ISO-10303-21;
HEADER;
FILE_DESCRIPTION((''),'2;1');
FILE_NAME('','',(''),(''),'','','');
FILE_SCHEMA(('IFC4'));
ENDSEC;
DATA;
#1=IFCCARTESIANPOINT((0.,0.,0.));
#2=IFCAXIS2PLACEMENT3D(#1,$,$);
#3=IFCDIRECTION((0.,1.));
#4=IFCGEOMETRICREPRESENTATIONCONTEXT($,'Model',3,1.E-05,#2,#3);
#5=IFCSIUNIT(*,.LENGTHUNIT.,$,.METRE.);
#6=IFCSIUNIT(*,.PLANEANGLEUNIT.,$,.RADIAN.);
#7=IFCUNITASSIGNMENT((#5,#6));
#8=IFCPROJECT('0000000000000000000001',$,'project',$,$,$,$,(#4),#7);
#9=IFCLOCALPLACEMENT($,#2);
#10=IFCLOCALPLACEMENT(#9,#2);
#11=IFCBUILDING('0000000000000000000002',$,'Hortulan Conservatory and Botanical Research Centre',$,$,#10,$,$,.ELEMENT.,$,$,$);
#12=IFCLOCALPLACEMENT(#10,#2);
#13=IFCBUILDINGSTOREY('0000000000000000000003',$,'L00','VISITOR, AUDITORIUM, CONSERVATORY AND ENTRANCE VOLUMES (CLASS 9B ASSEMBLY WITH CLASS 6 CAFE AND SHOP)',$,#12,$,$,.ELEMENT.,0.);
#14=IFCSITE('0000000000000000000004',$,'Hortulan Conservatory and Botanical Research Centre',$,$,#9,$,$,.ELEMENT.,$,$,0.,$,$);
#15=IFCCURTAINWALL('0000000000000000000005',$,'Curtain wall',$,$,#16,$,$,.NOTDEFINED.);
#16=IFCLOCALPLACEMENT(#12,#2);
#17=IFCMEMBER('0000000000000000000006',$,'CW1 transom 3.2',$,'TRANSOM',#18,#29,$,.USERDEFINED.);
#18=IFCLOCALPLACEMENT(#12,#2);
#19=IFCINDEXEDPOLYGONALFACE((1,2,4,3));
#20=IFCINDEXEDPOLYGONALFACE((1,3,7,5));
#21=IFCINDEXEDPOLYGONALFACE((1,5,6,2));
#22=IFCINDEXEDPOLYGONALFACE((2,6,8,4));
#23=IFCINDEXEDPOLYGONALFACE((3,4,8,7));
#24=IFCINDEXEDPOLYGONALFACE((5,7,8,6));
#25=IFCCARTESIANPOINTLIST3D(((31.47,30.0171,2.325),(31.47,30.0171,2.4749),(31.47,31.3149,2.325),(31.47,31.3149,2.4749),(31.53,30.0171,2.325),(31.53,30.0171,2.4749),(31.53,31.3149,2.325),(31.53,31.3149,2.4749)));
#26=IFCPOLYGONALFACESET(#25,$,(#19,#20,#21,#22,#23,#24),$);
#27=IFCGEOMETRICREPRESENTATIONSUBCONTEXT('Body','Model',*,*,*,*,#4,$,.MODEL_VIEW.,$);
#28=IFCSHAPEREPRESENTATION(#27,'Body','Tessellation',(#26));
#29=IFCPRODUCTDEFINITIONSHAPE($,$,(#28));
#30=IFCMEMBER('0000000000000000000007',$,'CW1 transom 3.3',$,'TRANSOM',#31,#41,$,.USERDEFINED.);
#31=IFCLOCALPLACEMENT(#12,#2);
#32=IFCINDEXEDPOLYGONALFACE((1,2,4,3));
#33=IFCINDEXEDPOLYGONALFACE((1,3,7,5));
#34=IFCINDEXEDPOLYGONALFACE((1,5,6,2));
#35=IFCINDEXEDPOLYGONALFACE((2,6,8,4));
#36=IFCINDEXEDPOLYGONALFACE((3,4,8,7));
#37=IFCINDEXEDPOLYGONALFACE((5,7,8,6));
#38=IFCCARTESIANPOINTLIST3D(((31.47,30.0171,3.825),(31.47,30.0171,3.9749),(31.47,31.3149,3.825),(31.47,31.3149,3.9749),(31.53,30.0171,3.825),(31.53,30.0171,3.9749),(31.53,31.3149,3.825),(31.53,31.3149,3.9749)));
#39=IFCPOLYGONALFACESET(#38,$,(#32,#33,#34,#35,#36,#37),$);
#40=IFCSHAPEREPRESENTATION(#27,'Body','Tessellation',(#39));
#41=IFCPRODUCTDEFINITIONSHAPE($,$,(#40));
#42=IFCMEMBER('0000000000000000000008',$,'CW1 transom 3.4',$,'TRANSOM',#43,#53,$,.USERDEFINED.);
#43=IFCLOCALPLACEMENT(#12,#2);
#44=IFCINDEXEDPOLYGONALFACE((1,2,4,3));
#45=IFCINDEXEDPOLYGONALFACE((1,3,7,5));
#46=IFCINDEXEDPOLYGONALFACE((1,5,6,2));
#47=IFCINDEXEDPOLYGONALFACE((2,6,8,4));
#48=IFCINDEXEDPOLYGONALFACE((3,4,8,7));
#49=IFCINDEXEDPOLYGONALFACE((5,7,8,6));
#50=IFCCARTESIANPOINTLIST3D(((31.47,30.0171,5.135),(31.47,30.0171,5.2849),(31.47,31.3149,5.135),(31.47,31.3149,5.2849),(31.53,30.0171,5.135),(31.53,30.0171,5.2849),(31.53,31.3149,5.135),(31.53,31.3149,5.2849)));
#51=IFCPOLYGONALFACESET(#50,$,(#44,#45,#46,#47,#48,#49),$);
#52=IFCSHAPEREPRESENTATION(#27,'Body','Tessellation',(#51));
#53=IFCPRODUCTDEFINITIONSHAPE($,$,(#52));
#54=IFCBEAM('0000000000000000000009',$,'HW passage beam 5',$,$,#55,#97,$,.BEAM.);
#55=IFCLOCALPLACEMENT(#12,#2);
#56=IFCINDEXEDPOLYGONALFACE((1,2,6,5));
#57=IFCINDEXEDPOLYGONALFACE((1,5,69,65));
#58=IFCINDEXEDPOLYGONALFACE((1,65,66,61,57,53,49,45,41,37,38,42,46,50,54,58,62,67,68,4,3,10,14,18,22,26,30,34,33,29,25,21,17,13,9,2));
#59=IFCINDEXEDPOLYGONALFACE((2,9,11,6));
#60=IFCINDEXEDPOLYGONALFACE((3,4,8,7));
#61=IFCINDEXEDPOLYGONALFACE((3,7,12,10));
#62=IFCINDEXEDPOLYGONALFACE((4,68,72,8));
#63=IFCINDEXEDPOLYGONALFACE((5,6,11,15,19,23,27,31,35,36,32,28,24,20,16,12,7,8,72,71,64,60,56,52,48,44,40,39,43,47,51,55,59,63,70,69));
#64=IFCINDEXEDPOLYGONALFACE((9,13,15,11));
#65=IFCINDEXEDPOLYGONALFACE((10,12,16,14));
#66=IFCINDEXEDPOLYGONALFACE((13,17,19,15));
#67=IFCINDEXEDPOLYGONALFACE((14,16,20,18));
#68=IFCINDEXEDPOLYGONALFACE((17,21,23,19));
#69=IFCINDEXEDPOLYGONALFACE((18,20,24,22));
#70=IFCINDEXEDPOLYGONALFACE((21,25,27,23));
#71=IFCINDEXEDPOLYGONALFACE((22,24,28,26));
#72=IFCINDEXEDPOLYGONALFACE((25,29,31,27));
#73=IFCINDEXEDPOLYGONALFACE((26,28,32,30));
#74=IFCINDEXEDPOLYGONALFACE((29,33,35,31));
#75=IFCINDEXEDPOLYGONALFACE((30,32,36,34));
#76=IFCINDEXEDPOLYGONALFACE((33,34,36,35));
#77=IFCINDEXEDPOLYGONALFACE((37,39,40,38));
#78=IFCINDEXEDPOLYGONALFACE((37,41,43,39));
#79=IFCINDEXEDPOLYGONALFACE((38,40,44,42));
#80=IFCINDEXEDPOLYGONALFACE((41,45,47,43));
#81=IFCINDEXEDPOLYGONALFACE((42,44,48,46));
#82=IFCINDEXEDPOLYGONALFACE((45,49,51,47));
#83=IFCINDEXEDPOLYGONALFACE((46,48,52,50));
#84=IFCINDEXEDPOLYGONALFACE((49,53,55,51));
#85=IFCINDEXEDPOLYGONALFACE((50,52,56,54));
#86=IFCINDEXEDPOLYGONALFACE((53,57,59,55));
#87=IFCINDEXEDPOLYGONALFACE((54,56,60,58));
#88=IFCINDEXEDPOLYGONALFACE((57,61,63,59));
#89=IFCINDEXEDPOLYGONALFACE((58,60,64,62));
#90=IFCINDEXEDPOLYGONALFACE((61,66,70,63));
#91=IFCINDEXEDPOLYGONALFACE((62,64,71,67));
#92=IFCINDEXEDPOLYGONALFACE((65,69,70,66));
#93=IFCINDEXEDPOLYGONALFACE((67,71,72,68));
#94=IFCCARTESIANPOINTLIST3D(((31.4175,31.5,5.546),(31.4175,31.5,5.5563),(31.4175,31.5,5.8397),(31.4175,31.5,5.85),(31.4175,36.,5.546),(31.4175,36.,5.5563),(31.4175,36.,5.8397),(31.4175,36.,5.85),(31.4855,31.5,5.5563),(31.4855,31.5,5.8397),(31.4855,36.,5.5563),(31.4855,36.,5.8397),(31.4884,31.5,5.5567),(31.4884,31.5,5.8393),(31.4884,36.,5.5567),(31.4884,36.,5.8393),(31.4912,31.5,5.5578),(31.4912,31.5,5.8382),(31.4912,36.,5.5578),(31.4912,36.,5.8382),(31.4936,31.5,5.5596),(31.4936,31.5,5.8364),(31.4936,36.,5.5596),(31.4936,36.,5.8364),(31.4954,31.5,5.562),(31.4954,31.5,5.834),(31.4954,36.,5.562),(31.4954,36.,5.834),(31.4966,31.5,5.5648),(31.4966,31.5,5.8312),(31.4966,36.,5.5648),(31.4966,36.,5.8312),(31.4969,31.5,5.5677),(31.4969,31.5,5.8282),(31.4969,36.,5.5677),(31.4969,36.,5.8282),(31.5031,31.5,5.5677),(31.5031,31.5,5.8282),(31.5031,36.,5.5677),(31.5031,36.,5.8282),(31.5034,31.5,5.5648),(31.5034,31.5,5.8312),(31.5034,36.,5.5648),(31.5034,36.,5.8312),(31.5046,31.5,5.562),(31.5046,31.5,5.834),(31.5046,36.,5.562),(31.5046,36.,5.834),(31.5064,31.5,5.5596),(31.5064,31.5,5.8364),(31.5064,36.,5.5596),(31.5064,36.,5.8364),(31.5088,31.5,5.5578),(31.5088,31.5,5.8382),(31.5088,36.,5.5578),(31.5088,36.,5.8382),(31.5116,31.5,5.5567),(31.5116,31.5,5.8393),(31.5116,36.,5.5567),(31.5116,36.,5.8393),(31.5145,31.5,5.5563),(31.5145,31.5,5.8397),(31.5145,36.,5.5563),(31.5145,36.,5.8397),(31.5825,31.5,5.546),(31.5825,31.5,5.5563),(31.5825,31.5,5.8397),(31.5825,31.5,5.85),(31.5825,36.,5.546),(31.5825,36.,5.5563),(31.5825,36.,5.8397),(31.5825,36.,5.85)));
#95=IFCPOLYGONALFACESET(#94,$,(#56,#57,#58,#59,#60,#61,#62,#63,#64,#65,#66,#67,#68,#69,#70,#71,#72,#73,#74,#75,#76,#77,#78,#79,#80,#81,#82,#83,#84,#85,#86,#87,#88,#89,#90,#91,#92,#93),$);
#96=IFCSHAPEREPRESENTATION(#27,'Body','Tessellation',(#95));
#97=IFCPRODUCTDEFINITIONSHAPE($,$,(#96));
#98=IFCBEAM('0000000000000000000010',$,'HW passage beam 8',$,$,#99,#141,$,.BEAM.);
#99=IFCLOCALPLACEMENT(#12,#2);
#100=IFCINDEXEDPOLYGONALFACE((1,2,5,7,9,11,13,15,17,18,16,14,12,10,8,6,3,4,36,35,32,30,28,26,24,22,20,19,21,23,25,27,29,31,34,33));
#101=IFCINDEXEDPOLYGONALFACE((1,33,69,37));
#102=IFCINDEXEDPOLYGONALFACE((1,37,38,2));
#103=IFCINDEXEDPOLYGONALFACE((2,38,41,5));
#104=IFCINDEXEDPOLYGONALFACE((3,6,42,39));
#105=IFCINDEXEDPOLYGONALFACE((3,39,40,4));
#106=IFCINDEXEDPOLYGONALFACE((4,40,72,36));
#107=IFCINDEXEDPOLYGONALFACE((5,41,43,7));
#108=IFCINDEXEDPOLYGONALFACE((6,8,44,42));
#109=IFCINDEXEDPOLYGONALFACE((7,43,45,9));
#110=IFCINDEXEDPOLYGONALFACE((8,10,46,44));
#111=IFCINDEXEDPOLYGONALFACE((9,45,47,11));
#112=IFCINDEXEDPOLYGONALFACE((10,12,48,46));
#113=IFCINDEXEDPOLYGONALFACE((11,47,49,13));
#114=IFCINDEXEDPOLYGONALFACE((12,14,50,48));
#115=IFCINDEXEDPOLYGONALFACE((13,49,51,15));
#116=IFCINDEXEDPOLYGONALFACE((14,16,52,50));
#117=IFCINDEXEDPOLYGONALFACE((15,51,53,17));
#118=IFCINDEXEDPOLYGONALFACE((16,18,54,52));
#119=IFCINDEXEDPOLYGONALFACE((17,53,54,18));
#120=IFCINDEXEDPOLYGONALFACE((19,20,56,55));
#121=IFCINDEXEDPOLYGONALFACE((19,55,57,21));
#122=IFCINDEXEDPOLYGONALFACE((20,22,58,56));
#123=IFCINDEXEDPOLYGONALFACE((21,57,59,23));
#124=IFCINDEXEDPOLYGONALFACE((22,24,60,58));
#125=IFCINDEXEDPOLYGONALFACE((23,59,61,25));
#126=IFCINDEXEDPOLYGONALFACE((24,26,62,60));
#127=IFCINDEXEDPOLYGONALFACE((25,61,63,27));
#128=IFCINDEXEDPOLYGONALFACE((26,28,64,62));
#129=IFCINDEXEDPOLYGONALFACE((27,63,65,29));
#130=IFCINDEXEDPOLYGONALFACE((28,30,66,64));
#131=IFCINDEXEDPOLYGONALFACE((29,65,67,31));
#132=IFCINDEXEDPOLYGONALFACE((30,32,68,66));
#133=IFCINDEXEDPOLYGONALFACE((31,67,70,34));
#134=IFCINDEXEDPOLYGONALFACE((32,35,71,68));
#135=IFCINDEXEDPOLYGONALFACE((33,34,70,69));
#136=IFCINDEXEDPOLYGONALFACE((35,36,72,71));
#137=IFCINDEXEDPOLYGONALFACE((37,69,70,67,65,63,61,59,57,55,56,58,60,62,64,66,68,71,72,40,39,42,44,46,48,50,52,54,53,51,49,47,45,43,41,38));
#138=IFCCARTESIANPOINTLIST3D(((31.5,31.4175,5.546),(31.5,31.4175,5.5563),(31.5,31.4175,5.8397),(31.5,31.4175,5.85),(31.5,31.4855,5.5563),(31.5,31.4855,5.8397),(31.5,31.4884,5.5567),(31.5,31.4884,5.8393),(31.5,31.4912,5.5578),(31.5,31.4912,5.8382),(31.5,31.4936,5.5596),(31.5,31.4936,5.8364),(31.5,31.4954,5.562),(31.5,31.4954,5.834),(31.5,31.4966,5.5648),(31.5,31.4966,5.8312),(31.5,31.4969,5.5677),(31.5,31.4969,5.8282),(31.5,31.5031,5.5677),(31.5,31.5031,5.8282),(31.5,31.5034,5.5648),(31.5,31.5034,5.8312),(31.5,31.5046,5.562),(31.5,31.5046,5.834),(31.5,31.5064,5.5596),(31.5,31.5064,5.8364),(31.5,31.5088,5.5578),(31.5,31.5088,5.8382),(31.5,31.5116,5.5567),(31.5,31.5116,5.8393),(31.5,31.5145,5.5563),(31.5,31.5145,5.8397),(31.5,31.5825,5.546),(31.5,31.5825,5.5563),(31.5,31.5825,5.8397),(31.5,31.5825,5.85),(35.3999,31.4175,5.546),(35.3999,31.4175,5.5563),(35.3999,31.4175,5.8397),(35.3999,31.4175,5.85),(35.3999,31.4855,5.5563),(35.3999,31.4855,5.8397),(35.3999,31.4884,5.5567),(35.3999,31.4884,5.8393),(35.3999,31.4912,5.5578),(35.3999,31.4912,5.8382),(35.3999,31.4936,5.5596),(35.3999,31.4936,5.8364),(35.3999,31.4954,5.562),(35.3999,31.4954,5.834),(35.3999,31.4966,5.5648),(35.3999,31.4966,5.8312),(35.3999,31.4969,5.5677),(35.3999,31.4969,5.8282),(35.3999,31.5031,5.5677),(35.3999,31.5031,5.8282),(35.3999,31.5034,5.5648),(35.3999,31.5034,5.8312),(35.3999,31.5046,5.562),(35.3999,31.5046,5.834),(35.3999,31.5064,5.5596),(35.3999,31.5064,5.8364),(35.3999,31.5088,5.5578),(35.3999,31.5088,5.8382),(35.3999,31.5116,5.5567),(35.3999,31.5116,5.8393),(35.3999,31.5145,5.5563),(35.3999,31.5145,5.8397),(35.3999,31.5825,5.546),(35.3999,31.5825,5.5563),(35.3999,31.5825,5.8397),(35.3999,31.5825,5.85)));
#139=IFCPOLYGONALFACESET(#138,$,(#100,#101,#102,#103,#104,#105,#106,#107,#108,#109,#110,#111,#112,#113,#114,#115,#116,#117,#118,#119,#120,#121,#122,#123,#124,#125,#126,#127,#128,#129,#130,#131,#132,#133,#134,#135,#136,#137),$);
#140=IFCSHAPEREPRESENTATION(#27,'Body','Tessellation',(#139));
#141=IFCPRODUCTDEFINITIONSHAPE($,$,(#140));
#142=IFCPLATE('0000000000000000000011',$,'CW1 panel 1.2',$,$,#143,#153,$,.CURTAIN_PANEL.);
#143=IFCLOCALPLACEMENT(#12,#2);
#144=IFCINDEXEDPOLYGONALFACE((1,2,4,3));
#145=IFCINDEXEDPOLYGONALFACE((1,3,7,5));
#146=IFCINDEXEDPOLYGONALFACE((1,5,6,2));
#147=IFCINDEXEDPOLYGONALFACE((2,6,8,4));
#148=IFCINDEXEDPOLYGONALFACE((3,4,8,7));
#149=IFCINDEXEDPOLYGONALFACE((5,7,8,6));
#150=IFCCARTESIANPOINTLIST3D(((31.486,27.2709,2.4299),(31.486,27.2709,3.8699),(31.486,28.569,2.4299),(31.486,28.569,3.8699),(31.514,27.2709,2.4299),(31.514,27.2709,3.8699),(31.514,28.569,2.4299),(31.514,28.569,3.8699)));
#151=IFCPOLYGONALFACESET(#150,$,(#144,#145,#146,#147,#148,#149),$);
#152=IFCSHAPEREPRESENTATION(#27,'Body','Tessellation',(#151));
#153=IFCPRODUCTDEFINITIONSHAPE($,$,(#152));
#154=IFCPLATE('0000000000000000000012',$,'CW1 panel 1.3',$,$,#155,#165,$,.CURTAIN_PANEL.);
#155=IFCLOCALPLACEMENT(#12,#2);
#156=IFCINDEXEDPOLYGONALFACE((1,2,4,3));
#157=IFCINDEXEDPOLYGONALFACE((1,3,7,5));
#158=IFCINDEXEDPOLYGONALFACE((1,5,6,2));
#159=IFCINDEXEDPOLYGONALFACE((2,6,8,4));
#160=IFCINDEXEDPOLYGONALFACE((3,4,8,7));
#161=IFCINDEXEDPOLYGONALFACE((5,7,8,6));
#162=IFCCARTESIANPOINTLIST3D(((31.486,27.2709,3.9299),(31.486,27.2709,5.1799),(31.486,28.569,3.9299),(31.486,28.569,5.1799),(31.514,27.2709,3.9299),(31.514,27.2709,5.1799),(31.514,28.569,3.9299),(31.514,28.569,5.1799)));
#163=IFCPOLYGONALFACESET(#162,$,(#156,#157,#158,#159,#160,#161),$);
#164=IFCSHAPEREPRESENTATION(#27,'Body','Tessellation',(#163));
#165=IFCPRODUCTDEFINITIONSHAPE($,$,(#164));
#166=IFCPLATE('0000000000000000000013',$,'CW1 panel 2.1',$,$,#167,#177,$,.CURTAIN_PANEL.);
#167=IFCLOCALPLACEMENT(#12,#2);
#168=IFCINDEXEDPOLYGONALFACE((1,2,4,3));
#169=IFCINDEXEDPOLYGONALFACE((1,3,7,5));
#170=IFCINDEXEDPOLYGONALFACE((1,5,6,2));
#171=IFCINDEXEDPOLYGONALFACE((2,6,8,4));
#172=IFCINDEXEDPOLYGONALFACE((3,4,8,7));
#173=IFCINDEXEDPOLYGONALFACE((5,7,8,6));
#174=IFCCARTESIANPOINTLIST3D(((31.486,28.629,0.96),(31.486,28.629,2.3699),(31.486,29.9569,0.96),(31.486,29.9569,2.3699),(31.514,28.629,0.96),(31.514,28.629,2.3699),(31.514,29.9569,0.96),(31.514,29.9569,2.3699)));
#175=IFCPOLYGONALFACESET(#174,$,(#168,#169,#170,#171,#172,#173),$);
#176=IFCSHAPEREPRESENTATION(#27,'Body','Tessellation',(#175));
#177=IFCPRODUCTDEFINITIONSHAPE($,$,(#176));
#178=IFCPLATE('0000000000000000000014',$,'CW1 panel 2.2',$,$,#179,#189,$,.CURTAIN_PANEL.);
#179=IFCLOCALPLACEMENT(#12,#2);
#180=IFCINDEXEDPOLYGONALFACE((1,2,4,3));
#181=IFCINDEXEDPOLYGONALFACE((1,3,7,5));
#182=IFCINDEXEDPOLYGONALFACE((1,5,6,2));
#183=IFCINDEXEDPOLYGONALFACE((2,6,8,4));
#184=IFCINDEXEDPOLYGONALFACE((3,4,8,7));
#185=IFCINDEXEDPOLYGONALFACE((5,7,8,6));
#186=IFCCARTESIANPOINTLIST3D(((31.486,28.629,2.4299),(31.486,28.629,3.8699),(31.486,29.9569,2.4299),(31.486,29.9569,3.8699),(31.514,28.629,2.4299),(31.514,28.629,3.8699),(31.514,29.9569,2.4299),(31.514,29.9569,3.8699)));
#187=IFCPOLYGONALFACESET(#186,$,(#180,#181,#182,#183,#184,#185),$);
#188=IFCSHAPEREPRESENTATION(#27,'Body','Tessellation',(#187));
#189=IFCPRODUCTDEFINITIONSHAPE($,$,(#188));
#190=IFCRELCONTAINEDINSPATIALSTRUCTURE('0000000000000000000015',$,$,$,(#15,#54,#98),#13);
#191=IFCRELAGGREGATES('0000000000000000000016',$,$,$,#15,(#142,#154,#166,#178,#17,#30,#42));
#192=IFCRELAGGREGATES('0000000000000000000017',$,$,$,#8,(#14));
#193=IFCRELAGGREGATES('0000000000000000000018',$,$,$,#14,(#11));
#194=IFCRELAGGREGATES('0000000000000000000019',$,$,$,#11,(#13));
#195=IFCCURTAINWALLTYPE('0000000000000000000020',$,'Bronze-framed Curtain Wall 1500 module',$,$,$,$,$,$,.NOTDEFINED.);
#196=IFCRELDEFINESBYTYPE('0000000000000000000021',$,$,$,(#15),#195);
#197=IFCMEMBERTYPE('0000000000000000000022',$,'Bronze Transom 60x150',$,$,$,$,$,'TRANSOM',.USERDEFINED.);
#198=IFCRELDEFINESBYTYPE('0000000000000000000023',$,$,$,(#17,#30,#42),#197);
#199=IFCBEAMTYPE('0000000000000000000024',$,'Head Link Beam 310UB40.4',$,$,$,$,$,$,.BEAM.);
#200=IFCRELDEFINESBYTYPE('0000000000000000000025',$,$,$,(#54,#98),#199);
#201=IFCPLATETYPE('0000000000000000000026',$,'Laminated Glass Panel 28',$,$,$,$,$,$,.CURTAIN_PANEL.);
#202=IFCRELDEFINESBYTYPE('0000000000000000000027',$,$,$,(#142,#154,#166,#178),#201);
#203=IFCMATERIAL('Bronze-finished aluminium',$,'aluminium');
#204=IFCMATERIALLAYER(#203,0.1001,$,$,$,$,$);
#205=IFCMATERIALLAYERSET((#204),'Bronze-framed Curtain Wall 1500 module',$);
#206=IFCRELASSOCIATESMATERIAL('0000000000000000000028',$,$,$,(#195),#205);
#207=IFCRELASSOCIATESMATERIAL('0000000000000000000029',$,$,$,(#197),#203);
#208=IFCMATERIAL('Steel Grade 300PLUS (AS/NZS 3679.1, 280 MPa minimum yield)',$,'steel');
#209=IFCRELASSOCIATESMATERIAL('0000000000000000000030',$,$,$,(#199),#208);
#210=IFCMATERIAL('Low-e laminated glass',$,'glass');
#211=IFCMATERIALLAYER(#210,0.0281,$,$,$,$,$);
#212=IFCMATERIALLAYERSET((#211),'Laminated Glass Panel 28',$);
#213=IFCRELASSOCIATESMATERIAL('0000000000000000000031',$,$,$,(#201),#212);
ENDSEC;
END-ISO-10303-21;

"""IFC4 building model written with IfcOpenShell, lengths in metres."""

from ifc_helpers import new_model, si_unit, direction, frame, origin, origin_2d, place, context, subcontext, project, spatial, rectangle, i_section, extrude, material, layer, layer_set, material_profile, profile_set, type_object, element, aggregate, save


model = new_model("IFC4")

# Units and contexts
model_context = context("Model", 3, precision=1e-05, world=origin(), true_north=direction((0.0, 1.0)))
body_context = subcontext(model_context, "Body", "Model", "MODEL_VIEW")
ifc_project = project(units=[si_unit("LENGTHUNIT", "METRE"), si_unit("PLANEANGLEUNIT", "RADIAN")], contexts=[model_context])

# Site, building, storey
site_placement = place(None, origin())
site = spatial("IfcSite", under=ifc_project, at=site_placement, Name="Hortulan Conservatory and Botanical Research Centre", CompositionType="ELEMENT", RefElevation=0.0)
building_placement = place(site_placement, origin())
building = spatial("IfcBuilding", under=site, at=building_placement, Name="Hortulan Conservatory and Botanical Research Centre", CompositionType="ELEMENT")
storey_placement = place(building_placement, origin())
storey = spatial("IfcBuildingStorey", under=building, at=storey_placement, Name="L00", Description="VISITOR, AUDITORIUM, CONSERVATORY AND ENTRANCE VOLUMES (CLASS 9B ASSEMBLY WITH CLASS 6 CAFE AND SHOP)", CompositionType="ELEMENT", Elevation=0.0)

# Curtain wall
ifc_material_1 = material(Name="Bronze-finished aluminium", Category="aluminium")
ifc_layer_1 = layer(ifc_material_1, 0.1001)
ifc_layer_set_1 = layer_set([ifc_layer_1], Name="Bronze-framed Curtain Wall 1500 module")
curtain_wall_type = type_object("IfcCurtainWallType", Name="Bronze-framed Curtain Wall 1500 module", PredefinedType="NOTDEFINED", material=ifc_layer_set_1)
curtain_wall_1_placement = place(storey_placement, origin())
curtain_wall_1 = element("IfcCurtainWall", 1, at=curtain_wall_1_placement, inside=storey, type_object=curtain_wall_type, Name="Curtain wall", PredefinedType="NOTDEFINED")

# Members
ifc_material_profile_1 = material_profile(ifc_material_1, rectangle(XDim=0.0601, YDim=0.1499, at=origin_2d()), Name="Bronze Transom 60x150")
ifc_profile_set_1 = profile_set([ifc_material_profile_1], Name="Bronze-finished aluminium")
member_type_1 = type_object("IfcMemberType", Name="Bronze Transom 60x150", ElementType="TRANSOM", PredefinedType="USERDEFINED", material=ifc_profile_set_1)
member_1_placement = place(storey_placement, frame((31.5, 30.0171, 2.3999), z_axis=(0.0, 1.0, 0.0), x_axis=(-1.0, 0.0, 0.0)))
member_1 = element("IfcMember", 2, at=member_1_placement, type_object=member_type_1, Name="CW1 transom 3.2", ObjectType="TRANSOM", PredefinedType="USERDEFINED", context=body_context, shape_type="SweptSolid", body=[
    extrude(rectangle(XDim=0.0601, YDim=0.1499, at=origin_2d()), origin(), (0.0, 0.0, 1.0), 1.2979),
])
member_2_placement = place(storey_placement, frame((31.5, 30.0171, 3.8999), z_axis=(0.0, 1.0, 0.0), x_axis=(-1.0, 0.0, 0.0)))
member_2 = element("IfcMember", 3, at=member_2_placement, type_object=member_type_1, Name="CW1 transom 3.3", ObjectType="TRANSOM", PredefinedType="USERDEFINED", context=body_context, shape_type="SweptSolid", body=[
    extrude(rectangle(XDim=0.0601, YDim=0.1499, at=origin_2d()), origin(), (0.0, 0.0, 1.0), 1.2979),
])
member_3_placement = place(storey_placement, frame((31.5, 30.0171, 5.21), z_axis=(0.0, 1.0, 0.0), x_axis=(-1.0, 0.0, 0.0)))
member_3 = element("IfcMember", 4, at=member_3_placement, type_object=member_type_1, Name="CW1 transom 3.4", ObjectType="TRANSOM", PredefinedType="USERDEFINED", context=body_context, shape_type="SweptSolid", body=[
    extrude(rectangle(XDim=0.0601, YDim=0.1499, at=origin_2d()), origin(), (0.0, 0.0, 1.0), 1.2979),
])

# Beams
ifc_material_2 = material(Name="Steel Grade 300PLUS (AS/NZS 3679.1, 280 MPa minimum yield)", Category="steel")
ifc_material_profile_2 = material_profile(ifc_material_2, i_section(OverallWidth=0.165, OverallDepth=0.304, WebThickness=0.0061, FlangeThickness=0.0103, FilletRadius=0.0115, at=origin_2d()), Name="310UB40.4")
ifc_profile_set_2 = profile_set([ifc_material_profile_2], Name="Steel Grade 300PLUS (AS/NZS 3679.1, 280 MPa minimum yield)")
beam_type = type_object("IfcBeamType", Name="Head Link Beam 310UB40.4", PredefinedType="BEAM", material=ifc_profile_set_2)
beam_1_placement = place(storey_placement, frame((31.5, 31.5, 5.698), z_axis=(0.0, 1.0, 0.0), x_axis=(-1.0, 0.0, 0.0)))
element("IfcBeam", 5, at=beam_1_placement, inside=storey, type_object=beam_type, Name="HW passage beam 5", PredefinedType="BEAM", context=body_context, shape_type="SweptSolid", body=[
    extrude(i_section(OverallWidth=0.165, OverallDepth=0.304, WebThickness=0.0061, FlangeThickness=0.0103, FilletRadius=0.0115, at=origin_2d()), origin(), (0.0, 0.0, 1.0), 4.5),
])
beam_2_placement = place(storey_placement, frame((31.5, 31.5, 5.698), z_axis=(1.0, 0.0, 0.0), x_axis=(0.0, 1.0, 0.0)))
element("IfcBeam", 6, at=beam_2_placement, inside=storey, type_object=beam_type, Name="HW passage beam 8", PredefinedType="BEAM", context=body_context, shape_type="SweptSolid", body=[
    extrude(i_section(OverallWidth=0.165, OverallDepth=0.304, WebThickness=0.0061, FlangeThickness=0.0103, FilletRadius=0.0115, at=origin_2d()), origin(), (0.0, 0.0, 1.0), 3.8999),
])

# Plates
ifc_material_3 = material(Name="Low-e laminated glass", Category="glass")
ifc_layer_2 = layer(ifc_material_3, 0.0281)
ifc_layer_set_2 = layer_set([ifc_layer_2], Name="Laminated Glass Panel 28")
plate_type = type_object("IfcPlateType", Name="Laminated Glass Panel 28", PredefinedType="CURTAIN_PANEL", material=ifc_layer_set_2)
plate_1_placement = place(storey_placement, frame((31.5, 27.9199, 2.4299), z_axis=(0.0, 0.0, 1.0), x_axis=(0.0, 1.0, 0.0)))
plate_1 = element("IfcPlate", 7, at=plate_1_placement, type_object=plate_type, Name="CW1 panel 1.2", PredefinedType="CURTAIN_PANEL", context=body_context, shape_type="SweptSolid", body=[
    extrude(rectangle(XDim=1.2981, YDim=0.0281, at=origin_2d()), origin(), (0.0, 0.0, 1.0), 1.4399),
])
plate_2_placement = place(storey_placement, frame((31.5, 27.9199, 3.9299), z_axis=(0.0, 0.0, 1.0), x_axis=(0.0, 1.0, 0.0)))
plate_2 = element("IfcPlate", 8, at=plate_2_placement, type_object=plate_type, Name="CW1 panel 1.3", PredefinedType="CURTAIN_PANEL", context=body_context, shape_type="SweptSolid", body=[
    extrude(rectangle(XDim=1.2981, YDim=0.0281, at=origin_2d()), origin(), (0.0, 0.0, 1.0), 1.25),
])
plate_3_placement = place(storey_placement, frame((31.5, 29.293, 0.96), z_axis=(0.0, 0.0, 1.0), x_axis=(0.0, 1.0, 0.0)))
plate_3 = element("IfcPlate", 9, at=plate_3_placement, type_object=plate_type, Name="CW1 panel 2.1", PredefinedType="CURTAIN_PANEL", context=body_context, shape_type="SweptSolid", body=[
    extrude(rectangle(XDim=1.3279, YDim=0.0281, at=origin_2d()), origin(), (0.0, 0.0, 1.0), 1.4099),
])
plate_4_placement = place(storey_placement, frame((31.5, 29.293, 2.4299), z_axis=(0.0, 0.0, 1.0), x_axis=(0.0, 1.0, 0.0)))
plate_4 = element("IfcPlate", 10, at=plate_4_placement, type_object=plate_type, Name="CW1 panel 2.2", PredefinedType="CURTAIN_PANEL", context=body_context, shape_type="SweptSolid", body=[
    extrude(rectangle(XDim=1.3279, YDim=0.0281, at=origin_2d()), origin(), (0.0, 0.0, 1.0), 1.4399),
])
aggregate(curtain_wall_1, [plate_1, plate_2, plate_3, plate_4, member_1, member_2, member_3])

save(model, "model.ifc")
